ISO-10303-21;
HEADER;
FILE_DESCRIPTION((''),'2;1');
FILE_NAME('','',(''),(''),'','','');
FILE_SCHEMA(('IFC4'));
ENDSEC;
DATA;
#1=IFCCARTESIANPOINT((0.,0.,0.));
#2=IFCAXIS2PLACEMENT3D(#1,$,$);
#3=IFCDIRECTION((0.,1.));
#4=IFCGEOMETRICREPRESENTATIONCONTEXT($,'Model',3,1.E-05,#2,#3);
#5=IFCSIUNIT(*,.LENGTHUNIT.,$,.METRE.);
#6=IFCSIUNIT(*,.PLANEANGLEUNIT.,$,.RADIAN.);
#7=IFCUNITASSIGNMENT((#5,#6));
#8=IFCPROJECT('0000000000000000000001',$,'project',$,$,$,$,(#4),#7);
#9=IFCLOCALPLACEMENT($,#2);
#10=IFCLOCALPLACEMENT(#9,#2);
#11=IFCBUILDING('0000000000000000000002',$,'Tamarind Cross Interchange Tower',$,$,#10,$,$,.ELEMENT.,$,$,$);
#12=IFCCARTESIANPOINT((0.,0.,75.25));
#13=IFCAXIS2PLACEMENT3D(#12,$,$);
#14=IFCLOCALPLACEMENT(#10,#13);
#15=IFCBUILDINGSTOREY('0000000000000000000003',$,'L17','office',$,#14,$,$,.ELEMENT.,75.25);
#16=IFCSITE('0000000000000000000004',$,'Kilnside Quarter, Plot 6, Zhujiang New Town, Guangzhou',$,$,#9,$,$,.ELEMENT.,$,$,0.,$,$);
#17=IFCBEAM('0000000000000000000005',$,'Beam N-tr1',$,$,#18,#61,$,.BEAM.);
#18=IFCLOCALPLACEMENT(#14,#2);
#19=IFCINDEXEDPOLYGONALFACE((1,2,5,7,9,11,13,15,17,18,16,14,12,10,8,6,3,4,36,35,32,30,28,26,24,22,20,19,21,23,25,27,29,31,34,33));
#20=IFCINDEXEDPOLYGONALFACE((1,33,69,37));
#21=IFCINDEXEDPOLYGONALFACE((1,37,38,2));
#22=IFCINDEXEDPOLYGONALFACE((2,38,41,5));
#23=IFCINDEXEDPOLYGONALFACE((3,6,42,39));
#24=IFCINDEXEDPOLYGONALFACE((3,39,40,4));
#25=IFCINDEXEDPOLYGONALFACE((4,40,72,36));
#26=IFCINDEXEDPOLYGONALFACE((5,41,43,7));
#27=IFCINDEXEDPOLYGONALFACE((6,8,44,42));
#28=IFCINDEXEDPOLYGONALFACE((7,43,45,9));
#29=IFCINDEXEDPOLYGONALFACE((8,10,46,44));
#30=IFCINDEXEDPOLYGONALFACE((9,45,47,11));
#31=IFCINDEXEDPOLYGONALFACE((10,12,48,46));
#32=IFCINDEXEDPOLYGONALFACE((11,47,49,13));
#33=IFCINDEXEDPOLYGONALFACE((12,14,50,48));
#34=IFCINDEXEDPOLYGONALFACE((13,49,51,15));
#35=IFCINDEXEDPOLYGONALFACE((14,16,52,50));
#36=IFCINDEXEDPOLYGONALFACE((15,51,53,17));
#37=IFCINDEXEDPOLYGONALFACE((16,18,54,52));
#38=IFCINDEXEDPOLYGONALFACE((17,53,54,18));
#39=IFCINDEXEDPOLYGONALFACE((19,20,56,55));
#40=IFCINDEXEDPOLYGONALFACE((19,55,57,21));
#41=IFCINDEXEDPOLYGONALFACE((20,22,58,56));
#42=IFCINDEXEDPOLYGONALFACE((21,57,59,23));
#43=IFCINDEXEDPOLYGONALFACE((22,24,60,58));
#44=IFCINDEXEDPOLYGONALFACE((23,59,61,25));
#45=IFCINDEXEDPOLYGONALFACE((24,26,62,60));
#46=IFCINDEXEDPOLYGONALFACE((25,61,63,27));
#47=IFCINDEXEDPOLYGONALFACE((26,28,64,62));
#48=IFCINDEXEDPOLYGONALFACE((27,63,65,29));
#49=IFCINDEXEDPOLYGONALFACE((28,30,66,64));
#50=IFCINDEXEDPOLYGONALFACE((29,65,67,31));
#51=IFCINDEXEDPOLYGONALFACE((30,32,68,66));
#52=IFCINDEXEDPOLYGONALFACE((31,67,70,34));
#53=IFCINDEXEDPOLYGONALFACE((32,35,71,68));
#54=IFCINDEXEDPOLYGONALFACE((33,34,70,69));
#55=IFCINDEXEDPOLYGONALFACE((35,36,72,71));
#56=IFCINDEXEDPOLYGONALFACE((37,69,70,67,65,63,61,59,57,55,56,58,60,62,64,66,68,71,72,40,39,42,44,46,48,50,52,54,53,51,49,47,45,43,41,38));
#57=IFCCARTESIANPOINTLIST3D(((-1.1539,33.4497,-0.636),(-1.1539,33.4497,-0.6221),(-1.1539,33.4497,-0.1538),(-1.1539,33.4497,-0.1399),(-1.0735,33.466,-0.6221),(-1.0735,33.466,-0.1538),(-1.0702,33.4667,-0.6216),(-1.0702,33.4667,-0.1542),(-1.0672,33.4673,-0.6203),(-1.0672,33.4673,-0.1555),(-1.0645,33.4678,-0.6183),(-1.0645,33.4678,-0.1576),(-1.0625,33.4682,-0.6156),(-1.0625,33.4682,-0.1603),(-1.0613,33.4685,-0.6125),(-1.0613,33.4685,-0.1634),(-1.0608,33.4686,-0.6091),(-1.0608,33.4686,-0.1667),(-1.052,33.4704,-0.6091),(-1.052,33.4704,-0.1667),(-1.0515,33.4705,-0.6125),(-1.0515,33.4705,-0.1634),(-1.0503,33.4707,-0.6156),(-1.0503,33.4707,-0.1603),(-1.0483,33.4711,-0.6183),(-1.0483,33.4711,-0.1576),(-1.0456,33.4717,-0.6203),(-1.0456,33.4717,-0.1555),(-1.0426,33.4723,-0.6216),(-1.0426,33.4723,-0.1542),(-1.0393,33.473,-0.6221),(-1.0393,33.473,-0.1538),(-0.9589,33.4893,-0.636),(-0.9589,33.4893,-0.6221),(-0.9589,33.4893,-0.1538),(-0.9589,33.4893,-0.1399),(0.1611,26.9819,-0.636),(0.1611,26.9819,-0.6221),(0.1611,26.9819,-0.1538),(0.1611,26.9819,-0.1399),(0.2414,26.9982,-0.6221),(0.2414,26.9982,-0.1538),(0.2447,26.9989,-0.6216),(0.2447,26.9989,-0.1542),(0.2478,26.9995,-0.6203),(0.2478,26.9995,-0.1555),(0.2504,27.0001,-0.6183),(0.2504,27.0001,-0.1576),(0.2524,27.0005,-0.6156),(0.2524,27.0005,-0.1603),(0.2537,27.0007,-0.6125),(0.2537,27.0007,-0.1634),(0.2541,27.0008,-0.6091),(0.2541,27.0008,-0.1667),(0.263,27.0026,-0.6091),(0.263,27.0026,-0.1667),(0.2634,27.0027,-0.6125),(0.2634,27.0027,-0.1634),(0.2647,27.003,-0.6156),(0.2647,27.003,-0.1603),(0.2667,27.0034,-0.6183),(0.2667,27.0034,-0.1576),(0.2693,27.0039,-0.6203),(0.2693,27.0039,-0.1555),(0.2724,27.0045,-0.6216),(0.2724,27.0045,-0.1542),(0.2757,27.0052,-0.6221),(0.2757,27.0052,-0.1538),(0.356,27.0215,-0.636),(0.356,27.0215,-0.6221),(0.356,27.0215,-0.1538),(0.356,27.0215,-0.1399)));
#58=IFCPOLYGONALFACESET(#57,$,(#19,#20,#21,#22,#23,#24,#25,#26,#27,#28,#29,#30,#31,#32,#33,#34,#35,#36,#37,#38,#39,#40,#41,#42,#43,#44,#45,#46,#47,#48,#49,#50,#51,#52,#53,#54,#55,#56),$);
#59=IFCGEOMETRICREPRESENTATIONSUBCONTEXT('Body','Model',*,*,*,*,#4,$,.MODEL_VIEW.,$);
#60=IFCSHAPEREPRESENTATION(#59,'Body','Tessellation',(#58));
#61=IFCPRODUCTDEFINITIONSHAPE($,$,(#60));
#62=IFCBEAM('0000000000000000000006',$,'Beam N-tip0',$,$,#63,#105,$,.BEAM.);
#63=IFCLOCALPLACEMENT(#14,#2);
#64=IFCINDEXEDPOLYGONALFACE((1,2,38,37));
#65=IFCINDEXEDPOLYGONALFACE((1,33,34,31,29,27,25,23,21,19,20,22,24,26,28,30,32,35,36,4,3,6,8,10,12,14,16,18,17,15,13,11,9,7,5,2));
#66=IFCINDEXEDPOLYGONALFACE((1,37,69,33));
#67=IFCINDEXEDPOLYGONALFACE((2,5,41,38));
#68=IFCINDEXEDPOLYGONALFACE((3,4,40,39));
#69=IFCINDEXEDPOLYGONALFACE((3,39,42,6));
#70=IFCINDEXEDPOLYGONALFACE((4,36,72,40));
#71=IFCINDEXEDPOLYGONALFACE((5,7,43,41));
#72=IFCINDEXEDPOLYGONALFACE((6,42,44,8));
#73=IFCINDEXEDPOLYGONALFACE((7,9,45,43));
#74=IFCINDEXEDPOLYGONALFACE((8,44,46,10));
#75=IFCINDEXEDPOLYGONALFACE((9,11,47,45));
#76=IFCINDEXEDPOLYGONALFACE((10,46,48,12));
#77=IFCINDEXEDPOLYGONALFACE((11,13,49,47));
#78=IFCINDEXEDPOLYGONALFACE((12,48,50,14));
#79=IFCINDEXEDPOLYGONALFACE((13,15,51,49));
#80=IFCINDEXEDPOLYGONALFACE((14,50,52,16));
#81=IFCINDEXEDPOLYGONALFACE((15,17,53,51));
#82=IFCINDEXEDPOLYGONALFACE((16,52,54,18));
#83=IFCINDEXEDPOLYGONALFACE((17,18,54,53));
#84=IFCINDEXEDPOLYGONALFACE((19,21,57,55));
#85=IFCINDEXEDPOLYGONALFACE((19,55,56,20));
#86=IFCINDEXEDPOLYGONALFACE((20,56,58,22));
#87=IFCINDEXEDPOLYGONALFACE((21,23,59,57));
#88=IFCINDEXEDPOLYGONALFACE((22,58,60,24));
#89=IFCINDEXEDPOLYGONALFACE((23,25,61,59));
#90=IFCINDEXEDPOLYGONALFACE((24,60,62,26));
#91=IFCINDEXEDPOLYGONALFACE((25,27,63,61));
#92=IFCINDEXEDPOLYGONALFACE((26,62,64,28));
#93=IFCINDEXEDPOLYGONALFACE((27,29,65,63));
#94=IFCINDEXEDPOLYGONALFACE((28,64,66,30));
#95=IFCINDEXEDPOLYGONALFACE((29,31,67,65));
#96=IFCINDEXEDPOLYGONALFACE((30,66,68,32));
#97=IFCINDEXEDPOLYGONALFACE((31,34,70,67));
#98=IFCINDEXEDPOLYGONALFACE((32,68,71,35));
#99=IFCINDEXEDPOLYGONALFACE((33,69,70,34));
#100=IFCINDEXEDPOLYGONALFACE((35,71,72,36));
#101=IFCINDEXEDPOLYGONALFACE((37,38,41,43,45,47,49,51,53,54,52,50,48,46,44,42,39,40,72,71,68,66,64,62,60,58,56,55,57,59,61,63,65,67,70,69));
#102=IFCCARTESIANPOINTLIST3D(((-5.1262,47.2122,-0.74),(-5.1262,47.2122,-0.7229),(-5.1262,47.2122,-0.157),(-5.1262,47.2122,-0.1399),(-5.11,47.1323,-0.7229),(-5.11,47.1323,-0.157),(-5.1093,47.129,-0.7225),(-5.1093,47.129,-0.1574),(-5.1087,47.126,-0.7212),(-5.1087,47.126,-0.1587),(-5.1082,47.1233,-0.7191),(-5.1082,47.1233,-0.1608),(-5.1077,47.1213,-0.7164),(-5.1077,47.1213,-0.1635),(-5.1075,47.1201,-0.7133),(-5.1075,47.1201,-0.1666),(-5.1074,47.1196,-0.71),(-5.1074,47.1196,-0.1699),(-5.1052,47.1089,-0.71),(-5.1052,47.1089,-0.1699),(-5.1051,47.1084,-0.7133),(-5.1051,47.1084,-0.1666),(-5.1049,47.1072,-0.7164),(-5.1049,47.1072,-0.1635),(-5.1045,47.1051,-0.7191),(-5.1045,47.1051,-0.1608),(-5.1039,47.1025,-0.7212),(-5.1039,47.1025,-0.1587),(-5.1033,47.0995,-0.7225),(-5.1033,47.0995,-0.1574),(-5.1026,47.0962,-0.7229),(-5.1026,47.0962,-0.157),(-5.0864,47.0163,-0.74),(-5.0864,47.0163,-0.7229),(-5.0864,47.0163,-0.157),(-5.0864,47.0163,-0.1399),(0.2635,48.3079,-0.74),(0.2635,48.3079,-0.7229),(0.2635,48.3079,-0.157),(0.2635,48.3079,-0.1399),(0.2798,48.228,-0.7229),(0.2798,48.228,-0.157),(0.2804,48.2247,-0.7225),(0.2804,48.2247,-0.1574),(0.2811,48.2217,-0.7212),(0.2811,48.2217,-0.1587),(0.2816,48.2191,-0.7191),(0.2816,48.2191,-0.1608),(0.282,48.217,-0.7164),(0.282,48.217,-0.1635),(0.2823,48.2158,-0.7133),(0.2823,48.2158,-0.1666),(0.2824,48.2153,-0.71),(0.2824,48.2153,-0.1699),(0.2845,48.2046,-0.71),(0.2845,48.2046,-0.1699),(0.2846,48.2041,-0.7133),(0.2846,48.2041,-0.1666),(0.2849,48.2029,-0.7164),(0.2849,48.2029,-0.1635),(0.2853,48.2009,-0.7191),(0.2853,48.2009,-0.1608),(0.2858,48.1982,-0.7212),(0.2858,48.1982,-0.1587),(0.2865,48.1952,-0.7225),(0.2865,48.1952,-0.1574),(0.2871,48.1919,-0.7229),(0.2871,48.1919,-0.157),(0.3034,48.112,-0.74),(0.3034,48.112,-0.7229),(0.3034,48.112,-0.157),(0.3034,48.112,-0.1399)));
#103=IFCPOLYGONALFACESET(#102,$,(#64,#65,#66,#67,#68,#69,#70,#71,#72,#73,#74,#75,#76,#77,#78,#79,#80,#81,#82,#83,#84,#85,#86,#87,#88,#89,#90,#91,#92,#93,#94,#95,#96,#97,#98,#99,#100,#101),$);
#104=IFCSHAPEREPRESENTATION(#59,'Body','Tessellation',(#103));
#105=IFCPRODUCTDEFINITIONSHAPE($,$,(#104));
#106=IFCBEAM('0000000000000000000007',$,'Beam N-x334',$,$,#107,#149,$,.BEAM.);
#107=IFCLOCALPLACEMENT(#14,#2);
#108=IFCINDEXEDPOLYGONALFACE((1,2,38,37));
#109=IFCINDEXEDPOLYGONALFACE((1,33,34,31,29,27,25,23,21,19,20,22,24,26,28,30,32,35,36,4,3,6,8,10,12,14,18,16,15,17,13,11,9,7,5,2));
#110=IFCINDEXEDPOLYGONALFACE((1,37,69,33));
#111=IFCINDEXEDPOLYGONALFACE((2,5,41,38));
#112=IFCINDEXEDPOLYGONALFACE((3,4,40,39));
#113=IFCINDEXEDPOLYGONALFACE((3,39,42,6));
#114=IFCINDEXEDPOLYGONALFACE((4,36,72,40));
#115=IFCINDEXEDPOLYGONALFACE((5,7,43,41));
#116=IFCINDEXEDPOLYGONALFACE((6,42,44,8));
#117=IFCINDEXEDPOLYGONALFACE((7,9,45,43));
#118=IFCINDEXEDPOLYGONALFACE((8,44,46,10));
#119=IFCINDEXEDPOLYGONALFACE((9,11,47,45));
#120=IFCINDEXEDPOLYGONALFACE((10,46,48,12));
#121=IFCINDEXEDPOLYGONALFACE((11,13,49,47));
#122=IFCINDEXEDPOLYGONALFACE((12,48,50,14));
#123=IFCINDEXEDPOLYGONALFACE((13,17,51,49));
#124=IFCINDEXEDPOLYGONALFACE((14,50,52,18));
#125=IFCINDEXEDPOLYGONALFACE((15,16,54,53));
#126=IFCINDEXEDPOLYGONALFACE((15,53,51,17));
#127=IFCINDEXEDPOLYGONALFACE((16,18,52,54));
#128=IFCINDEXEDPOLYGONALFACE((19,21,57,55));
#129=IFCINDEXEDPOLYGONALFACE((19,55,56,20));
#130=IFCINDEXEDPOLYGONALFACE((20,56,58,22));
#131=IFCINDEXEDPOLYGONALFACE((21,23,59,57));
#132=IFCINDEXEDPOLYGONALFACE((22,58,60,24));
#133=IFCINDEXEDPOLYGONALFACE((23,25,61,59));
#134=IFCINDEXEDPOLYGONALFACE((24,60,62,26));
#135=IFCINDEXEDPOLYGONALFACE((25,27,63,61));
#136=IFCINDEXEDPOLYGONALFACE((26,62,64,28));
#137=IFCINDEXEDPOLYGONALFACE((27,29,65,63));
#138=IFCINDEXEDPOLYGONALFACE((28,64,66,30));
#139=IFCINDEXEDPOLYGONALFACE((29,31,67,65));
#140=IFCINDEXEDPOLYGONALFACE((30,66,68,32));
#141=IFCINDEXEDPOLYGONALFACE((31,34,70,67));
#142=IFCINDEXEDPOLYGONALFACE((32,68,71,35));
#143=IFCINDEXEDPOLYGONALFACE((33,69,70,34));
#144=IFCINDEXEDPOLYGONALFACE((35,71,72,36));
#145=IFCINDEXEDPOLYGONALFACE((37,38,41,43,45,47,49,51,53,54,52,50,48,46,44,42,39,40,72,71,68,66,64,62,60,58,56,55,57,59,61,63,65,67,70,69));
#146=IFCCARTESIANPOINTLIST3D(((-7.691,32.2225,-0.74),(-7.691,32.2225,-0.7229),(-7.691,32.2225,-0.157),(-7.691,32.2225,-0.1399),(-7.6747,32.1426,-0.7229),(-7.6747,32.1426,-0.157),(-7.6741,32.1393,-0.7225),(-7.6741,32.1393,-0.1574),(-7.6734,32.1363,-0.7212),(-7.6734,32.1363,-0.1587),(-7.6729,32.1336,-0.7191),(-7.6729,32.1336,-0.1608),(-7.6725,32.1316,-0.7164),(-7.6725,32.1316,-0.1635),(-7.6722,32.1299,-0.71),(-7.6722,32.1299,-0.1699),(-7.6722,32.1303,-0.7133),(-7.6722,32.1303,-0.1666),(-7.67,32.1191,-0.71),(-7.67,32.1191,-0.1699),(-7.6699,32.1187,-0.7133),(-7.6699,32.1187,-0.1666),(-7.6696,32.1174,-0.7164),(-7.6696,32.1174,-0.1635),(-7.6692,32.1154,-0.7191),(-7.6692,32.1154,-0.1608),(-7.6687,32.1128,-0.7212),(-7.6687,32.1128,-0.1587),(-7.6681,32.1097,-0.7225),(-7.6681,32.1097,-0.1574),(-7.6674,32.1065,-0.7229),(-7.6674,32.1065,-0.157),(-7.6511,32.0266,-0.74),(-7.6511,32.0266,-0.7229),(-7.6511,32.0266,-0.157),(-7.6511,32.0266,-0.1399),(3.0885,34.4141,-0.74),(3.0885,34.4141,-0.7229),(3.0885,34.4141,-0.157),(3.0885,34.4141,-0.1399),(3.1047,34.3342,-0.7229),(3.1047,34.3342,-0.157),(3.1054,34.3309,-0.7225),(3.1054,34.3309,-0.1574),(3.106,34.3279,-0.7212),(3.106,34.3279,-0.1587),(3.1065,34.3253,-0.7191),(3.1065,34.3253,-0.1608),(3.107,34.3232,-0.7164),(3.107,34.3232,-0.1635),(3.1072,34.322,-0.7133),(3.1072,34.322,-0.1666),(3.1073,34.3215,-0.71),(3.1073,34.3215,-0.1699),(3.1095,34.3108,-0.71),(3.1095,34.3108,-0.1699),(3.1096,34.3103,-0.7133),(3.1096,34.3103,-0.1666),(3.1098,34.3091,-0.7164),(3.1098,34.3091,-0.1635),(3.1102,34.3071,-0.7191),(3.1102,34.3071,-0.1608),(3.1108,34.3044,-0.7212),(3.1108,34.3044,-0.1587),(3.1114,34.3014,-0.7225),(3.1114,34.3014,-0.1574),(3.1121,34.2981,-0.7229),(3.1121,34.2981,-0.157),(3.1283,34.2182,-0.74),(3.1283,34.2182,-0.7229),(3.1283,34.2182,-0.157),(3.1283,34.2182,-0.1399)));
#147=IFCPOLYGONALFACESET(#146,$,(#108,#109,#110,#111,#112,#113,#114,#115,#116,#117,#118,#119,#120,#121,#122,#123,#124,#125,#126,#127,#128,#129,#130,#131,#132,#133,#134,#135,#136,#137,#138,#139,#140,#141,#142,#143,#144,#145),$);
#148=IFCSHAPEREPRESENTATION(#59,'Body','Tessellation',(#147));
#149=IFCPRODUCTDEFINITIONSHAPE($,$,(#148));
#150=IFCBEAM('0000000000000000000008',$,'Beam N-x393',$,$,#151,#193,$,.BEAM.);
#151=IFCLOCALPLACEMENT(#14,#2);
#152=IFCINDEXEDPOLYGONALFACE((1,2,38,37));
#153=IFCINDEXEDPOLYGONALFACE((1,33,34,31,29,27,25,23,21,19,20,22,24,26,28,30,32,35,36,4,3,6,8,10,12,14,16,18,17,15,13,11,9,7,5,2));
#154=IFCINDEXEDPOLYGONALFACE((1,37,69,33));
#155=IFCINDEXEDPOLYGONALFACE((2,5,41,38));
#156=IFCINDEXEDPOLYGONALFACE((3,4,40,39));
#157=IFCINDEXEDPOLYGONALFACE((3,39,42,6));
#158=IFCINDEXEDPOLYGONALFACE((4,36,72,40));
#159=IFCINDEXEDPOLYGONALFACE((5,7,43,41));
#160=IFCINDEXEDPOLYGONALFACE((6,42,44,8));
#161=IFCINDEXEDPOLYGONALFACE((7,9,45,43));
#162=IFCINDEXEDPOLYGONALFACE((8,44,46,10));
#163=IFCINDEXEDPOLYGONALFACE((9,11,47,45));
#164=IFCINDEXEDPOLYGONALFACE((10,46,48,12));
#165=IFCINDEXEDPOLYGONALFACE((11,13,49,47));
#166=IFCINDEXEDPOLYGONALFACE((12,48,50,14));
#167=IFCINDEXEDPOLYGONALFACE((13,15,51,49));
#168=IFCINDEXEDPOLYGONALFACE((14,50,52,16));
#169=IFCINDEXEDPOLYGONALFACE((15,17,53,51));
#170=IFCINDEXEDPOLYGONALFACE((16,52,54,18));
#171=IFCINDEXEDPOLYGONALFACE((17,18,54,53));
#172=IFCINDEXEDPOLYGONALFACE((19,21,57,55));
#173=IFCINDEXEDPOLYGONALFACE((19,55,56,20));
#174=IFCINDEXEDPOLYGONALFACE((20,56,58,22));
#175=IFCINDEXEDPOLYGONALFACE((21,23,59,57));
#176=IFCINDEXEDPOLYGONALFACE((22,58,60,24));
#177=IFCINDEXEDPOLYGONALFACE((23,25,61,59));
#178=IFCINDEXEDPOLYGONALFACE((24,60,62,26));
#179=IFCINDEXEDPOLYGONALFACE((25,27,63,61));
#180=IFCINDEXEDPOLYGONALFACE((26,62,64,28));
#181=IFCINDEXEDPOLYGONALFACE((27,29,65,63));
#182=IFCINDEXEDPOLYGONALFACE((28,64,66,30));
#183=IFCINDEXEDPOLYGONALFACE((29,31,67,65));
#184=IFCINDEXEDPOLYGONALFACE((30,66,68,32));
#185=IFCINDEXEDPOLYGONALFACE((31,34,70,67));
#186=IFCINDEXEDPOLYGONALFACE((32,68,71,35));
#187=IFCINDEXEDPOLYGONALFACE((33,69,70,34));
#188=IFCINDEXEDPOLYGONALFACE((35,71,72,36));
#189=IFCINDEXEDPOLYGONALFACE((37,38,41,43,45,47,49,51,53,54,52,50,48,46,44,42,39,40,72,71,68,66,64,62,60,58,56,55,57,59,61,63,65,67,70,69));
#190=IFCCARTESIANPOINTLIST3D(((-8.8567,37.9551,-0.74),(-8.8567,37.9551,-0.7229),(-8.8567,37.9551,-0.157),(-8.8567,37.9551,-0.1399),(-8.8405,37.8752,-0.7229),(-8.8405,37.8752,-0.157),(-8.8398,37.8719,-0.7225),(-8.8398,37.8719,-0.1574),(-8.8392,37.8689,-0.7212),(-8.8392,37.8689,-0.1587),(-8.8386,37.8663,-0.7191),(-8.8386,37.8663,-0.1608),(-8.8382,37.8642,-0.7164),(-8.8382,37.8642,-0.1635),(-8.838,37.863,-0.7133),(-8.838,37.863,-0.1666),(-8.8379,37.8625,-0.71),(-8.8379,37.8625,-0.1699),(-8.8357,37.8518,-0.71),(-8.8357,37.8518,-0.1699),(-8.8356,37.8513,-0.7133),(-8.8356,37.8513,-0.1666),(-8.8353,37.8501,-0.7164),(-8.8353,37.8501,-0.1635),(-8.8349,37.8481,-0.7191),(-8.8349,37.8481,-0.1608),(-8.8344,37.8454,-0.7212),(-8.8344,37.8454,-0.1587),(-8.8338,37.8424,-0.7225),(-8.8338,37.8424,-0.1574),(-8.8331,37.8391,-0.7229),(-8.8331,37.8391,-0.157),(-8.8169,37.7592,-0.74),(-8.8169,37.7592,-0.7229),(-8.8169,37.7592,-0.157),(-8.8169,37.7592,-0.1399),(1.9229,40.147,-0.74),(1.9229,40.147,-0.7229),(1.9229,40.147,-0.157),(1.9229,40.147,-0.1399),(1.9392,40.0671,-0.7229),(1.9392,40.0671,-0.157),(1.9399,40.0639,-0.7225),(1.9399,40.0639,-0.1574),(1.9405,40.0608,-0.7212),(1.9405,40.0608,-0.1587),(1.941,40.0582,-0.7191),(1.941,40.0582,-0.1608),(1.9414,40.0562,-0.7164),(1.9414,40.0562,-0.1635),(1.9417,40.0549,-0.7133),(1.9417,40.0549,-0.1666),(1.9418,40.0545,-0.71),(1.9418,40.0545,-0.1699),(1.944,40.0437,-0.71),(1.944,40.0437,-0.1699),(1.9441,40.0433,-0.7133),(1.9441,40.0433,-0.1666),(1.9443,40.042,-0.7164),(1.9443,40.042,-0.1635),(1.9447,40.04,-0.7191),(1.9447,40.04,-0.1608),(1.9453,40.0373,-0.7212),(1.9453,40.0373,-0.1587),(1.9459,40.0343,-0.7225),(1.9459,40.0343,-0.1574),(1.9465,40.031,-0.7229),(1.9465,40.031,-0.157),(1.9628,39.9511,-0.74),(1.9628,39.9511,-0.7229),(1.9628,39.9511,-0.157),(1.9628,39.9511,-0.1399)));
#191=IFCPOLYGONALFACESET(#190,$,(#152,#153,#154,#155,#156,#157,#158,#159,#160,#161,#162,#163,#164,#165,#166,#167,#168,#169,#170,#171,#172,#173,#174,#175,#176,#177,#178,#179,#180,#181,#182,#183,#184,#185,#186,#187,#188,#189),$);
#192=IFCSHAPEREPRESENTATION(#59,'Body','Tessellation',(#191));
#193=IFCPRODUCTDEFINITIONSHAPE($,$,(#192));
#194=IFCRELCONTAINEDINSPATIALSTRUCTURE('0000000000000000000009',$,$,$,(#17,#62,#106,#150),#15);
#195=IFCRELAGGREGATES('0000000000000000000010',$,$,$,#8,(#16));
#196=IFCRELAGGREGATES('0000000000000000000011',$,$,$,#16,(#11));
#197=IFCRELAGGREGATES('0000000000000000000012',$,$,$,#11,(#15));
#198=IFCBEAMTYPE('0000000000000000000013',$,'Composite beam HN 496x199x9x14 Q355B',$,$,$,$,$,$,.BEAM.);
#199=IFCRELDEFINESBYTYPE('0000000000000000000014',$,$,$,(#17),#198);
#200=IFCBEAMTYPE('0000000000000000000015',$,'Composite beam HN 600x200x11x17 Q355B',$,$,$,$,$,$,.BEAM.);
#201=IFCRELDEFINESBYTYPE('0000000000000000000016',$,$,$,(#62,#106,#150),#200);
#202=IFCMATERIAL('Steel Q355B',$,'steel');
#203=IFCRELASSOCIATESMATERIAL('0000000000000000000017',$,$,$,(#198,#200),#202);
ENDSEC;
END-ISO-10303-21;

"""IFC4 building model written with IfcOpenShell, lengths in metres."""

from ifc_helpers import new_model, si_unit, direction, frame, origin, origin_2d, place, context, subcontext, project, spatial, i_section, extrude, material, material_profile, profile_set, type_object, element, save


model = new_model("IFC4")

# Units and contexts
model_context = context("Model", 3, precision=1e-05, world=origin(), true_north=direction((0.0, 1.0)))
body_context = subcontext(model_context, "Body", "Model", "MODEL_VIEW")
ifc_project = project(units=[si_unit("LENGTHUNIT", "METRE"), si_unit("PLANEANGLEUNIT", "RADIAN")], contexts=[model_context])

# Site, building, storey
site_placement = place(None, origin())
site = spatial("IfcSite", under=ifc_project, at=site_placement, Name="Kilnside Quarter, Plot 6, Zhujiang New Town, Guangzhou", CompositionType="ELEMENT", RefElevation=0.0)
building_placement = place(site_placement, origin())
building = spatial("IfcBuilding", under=site, at=building_placement, Name="Tamarind Cross Interchange Tower", CompositionType="ELEMENT")
storey_placement = place(building_placement, frame((0.0, 0.0, 75.25)))
storey = spatial("IfcBuildingStorey", under=building, at=storey_placement, Name="L17", Description="office", CompositionType="ELEMENT", Elevation=75.25)

# Beams
ifc_material_1 = material(Name="Steel Q355B", Category="steel")
ifc_material_profile_1 = material_profile(ifc_material_1, i_section(OverallWidth=0.199, OverallDepth=0.4961, WebThickness=0.009, FlangeThickness=0.0139, FilletRadius=0.0129, at=origin_2d()), Name="HN 496x199x9x14")
ifc_profile_set_1 = profile_set([ifc_material_profile_1], Name="Steel Q355B")
beam_type_1 = type_object("IfcBeamType", Name="Composite beam HN 496x199x9x14 Q355B", PredefinedType="BEAM", material=ifc_profile_set_1)
beam_1_placement = place(storey_placement, frame((0.2585, 27.0017, -0.3879), z_axis=(-0.199231, 0.979953, 0.0), x_axis=(-0.979953, -0.199231, 0.0)))
element("IfcBeam", 1, at=beam_1_placement, inside=storey, type_object=beam_type_1, Name="Beam N-tr1", PredefinedType="BEAM", context=body_context, shape_type="SweptSolid", body=[
    extrude(i_section(OverallWidth=0.199, OverallDepth=0.4961, WebThickness=0.009, FlangeThickness=0.0139, FilletRadius=0.0129, at=origin_2d()), origin(), (0.0, 0.0, 1.0), 6.6001),
])
ifc_material_profile_2 = material_profile(ifc_material_1, i_section(OverallWidth=0.2, OverallDepth=0.6001, WebThickness=0.011, FlangeThickness=0.0171, FilletRadius=0.0129, at=origin_2d()), Name="HN 600x200x11x17")
ifc_profile_set_2 = profile_set([ifc_material_profile_2], Name="Steel Q355B")
beam_type_2 = type_object("IfcBeamType", Name="Composite beam HN 600x200x11x17 Q355B", PredefinedType="BEAM", material=ifc_profile_set_2)
beam_2_placement = place(storey_placement, frame((0.2834, 48.21, -0.4399), z_axis=(-0.979954, -0.199222, 0.0), x_axis=(0.199222, -0.979954, 0.0)))
element("IfcBeam", 2, at=beam_2_placement, inside=storey, type_object=beam_type_2, Name="Beam N-tip0", PredefinedType="BEAM", context=body_context, shape_type="SweptSolid", body=[
    extrude(i_section(OverallWidth=0.2, OverallDepth=0.6001, WebThickness=0.011, FlangeThickness=0.0171, FilletRadius=0.0129, at=origin_2d()), origin(), (0.0, 0.0, 1.0), 5.5),
])
beam_3_placement = place(storey_placement, frame((3.1084, 34.3162, -0.4399), z_axis=(-0.979951, -0.199239, 0.0), x_axis=(0.199239, -0.979951, 0.0)))
element("IfcBeam", 3, at=beam_3_placement, inside=storey, type_object=beam_type_2, Name="Beam N-x334", PredefinedType="BEAM", context=body_context, shape_type="SweptSolid", body=[
    extrude(i_section(OverallWidth=0.2, OverallDepth=0.6001, WebThickness=0.011, FlangeThickness=0.0171, FilletRadius=0.0129, at=origin_2d()), origin(), (0.0, 0.0, 1.0), 11.0),
])
beam_4_placement = place(storey_placement, frame((1.9429, 40.0491, -0.4399), z_axis=(-0.979947, -0.199261, 0.0), x_axis=(0.199261, -0.979947, 0.0)))
element("IfcBeam", 4, at=beam_4_placement, inside=storey, type_object=beam_type_2, Name="Beam N-x393", PredefinedType="BEAM", context=body_context, shape_type="SweptSolid", body=[
    extrude(i_section(OverallWidth=0.2, OverallDepth=0.6001, WebThickness=0.011, FlangeThickness=0.0171, FilletRadius=0.0129, at=origin_2d()), origin(), (0.0, 0.0, 1.0), 11.0002),
])

save(model, "model.ifc")
